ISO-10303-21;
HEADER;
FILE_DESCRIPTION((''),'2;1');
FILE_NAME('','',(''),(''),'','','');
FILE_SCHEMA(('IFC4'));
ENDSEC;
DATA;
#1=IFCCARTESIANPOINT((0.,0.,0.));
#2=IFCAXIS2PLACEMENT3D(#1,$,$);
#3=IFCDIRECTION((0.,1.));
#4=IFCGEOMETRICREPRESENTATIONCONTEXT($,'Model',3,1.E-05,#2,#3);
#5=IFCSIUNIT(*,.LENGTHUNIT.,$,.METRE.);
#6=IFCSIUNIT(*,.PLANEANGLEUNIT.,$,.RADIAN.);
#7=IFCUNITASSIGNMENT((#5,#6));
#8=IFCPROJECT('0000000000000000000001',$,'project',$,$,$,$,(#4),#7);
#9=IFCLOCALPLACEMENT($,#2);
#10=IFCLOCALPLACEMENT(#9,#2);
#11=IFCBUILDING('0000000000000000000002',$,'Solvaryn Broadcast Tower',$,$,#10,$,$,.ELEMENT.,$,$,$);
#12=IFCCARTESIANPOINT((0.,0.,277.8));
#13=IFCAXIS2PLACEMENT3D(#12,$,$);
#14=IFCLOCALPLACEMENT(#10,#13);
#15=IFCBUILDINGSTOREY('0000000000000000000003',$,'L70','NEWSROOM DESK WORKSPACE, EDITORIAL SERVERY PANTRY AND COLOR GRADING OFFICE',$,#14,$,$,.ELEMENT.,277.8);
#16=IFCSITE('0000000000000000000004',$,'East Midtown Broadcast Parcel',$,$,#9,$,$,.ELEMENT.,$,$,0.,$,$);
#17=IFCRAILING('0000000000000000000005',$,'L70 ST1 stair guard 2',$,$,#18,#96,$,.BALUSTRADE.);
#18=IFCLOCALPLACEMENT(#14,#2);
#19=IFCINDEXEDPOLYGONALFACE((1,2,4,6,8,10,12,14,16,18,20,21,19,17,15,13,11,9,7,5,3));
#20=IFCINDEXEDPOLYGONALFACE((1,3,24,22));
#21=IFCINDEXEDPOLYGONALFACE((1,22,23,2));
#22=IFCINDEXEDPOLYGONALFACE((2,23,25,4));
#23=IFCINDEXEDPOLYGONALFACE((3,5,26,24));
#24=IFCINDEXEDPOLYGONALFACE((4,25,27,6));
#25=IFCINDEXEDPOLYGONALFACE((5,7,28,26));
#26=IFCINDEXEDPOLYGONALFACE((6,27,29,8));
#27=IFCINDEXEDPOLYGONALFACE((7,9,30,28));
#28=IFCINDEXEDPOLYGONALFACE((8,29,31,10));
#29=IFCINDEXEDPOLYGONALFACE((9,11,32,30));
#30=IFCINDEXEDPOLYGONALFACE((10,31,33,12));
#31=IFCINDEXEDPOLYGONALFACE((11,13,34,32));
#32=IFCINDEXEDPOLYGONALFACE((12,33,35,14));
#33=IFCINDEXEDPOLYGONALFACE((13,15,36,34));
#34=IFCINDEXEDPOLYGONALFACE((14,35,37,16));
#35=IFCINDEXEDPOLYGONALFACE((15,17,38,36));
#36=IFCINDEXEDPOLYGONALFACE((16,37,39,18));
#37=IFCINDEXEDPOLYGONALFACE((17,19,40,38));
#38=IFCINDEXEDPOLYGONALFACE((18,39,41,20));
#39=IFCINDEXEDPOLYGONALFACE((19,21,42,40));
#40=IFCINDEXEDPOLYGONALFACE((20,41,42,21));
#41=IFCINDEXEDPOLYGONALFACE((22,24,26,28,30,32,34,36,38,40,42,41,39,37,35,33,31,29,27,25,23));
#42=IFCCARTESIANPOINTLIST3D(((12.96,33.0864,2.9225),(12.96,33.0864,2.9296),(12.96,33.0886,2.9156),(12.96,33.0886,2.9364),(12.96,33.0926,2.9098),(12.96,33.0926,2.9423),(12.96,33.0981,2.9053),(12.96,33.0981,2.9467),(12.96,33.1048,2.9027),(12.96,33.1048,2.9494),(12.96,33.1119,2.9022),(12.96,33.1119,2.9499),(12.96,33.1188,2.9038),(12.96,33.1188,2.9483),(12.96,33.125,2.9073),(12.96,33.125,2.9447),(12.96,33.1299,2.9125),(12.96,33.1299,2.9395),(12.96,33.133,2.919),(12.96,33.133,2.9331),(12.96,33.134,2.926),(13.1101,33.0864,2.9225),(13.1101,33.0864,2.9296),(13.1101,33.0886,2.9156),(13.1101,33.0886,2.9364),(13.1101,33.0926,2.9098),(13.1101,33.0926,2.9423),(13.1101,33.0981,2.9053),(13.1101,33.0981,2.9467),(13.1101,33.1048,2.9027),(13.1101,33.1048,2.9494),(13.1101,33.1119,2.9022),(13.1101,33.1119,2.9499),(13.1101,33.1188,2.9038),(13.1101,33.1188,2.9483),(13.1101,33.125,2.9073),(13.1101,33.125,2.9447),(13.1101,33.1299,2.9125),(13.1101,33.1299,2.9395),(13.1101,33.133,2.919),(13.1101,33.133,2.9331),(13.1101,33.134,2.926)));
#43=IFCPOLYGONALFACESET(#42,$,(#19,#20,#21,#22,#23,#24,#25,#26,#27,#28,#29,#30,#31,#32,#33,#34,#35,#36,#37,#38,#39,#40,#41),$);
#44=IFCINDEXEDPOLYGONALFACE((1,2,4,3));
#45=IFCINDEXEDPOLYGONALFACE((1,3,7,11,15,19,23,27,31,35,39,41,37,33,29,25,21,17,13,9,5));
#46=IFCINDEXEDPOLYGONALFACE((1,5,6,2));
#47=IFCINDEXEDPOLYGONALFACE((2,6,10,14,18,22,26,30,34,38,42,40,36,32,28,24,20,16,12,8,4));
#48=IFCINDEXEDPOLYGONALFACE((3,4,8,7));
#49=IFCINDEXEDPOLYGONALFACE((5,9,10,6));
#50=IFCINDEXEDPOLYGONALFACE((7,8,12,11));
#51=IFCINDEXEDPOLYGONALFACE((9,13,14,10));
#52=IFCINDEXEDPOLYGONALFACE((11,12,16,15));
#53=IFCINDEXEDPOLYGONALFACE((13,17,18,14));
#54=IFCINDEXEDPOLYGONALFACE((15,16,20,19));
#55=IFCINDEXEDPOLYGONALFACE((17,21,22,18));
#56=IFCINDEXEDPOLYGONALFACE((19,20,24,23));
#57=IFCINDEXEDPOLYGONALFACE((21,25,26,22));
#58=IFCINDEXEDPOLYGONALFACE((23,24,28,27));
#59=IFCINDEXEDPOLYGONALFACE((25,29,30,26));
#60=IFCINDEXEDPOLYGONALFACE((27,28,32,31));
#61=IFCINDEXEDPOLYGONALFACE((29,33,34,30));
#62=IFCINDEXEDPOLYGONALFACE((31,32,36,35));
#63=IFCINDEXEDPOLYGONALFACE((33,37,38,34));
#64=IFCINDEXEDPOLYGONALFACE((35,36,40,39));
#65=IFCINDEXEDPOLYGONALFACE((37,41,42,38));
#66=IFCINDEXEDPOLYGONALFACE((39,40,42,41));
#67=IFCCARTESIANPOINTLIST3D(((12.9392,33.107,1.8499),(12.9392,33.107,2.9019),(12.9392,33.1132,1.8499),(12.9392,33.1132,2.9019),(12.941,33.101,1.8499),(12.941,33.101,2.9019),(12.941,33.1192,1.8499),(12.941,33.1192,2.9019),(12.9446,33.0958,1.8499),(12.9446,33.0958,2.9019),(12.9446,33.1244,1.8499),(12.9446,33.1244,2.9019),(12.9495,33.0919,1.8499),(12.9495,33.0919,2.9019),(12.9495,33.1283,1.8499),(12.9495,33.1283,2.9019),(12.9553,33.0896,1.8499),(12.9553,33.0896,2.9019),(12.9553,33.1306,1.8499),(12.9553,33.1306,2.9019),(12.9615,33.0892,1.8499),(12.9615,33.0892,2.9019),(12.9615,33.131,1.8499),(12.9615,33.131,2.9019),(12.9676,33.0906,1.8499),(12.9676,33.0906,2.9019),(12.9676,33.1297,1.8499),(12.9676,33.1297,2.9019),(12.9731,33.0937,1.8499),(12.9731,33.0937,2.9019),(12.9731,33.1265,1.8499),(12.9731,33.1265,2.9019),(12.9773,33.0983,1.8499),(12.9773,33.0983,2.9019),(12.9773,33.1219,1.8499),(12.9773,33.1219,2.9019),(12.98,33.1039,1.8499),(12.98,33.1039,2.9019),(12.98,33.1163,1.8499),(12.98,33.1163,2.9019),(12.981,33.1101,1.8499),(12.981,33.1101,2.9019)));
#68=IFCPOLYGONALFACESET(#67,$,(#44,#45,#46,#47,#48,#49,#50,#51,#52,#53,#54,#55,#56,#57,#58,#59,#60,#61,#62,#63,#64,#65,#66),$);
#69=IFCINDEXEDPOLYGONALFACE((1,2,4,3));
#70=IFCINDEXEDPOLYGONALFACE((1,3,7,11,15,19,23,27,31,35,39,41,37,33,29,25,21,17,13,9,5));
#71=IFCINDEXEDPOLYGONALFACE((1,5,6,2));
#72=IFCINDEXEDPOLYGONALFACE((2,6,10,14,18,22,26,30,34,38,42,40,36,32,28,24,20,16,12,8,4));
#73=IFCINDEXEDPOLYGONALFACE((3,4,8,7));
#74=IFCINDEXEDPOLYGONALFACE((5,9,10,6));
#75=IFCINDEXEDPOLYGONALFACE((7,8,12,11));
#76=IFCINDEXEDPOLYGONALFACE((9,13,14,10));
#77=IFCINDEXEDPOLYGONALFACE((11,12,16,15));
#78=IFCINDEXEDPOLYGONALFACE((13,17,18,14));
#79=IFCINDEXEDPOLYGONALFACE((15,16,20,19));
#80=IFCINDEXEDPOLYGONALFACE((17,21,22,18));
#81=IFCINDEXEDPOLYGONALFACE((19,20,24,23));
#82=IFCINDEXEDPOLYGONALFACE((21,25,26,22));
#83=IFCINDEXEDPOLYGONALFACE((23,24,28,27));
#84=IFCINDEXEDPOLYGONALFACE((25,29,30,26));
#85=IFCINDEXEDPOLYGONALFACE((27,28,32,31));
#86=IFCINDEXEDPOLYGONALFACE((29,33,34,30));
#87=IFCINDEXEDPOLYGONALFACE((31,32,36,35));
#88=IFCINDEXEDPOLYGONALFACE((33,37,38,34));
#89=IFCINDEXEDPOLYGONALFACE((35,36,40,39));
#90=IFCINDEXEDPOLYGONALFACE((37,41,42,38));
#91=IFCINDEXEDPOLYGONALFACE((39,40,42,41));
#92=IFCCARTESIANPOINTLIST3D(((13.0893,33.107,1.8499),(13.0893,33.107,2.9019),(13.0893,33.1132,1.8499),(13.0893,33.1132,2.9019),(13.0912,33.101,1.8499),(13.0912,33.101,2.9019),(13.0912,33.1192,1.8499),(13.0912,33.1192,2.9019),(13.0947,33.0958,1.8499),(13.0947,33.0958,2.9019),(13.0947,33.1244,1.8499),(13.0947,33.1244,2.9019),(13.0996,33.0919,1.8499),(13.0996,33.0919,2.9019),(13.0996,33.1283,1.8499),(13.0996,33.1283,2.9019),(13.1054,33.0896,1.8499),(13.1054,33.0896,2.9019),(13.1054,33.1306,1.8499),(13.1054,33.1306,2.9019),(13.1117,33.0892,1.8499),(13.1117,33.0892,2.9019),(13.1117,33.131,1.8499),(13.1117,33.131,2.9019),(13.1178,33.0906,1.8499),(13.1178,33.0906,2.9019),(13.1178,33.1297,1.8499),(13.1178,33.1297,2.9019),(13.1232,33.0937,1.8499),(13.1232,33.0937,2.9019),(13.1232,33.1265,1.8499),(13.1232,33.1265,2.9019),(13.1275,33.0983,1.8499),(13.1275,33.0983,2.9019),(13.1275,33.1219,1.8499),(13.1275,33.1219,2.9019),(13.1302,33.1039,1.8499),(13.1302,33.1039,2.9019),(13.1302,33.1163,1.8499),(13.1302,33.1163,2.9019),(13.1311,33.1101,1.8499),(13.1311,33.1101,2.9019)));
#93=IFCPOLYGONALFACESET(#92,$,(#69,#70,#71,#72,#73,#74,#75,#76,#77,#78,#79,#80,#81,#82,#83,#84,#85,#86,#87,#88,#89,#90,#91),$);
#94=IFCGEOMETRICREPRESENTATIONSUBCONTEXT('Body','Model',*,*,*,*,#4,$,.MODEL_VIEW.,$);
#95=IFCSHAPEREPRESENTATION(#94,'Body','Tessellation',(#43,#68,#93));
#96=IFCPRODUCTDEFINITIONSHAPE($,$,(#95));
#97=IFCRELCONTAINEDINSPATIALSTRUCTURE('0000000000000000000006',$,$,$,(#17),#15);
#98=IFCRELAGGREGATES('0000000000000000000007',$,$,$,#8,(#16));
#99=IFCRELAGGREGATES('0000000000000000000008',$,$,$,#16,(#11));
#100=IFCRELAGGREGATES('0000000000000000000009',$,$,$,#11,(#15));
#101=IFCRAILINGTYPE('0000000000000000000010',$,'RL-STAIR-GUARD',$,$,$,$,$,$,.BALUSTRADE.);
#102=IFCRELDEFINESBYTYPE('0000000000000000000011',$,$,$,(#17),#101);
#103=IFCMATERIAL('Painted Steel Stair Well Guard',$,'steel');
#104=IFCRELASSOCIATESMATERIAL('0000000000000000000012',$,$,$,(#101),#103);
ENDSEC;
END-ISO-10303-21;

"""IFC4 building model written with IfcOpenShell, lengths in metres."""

from ifc_helpers import new_model, si_unit, direction, frame, origin, origin_2d, place, context, subcontext, project, spatial, circle, extrude, material, type_object, element, save


model = new_model("IFC4")

# Units and contexts
model_context = context("Model", 3, precision=1e-05, world=origin(), true_north=direction((0.0, 1.0)))
body_context = subcontext(model_context, "Body", "Model", "MODEL_VIEW")
ifc_project = project(units=[si_unit("LENGTHUNIT", "METRE"), si_unit("PLANEANGLEUNIT", "RADIAN")], contexts=[model_context])

# Site, building, storey
site_placement = place(None, origin())
site = spatial("IfcSite", under=ifc_project, at=site_placement, Name="East Midtown Broadcast Parcel", CompositionType="ELEMENT", RefElevation=0.0)
building_placement = place(site_placement, origin())
building = spatial("IfcBuilding", under=site, at=building_placement, Name="Solvaryn Broadcast Tower", CompositionType="ELEMENT")
storey_placement = place(building_placement, frame((0.0, 0.0, 277.8)))
storey = spatial("IfcBuildingStorey", under=building, at=storey_placement, Name="L70", Description="NEWSROOM DESK WORKSPACE, EDITORIAL SERVERY PANTRY AND COLOR GRADING OFFICE", CompositionType="ELEMENT", Elevation=277.8)

# Railing
ifc_material_1 = material(Name="Painted Steel Stair Well Guard", Category="steel")
railing_type_1 = type_object("IfcRailingType", Name="RL-STAIR-GUARD", PredefinedType="BALUSTRADE", material=ifc_material_1)
railing_1_placement = place(storey_placement, frame((12.96, 33.1101, 1.8499)))
element("IfcRailing", 1, at=railing_1_placement, inside=storey, type_object=railing_type_1, Name="L70 ST1 stair guard 2", PredefinedType="BALUSTRADE", context=body_context, shape_type="SweptSolid", body=[
    extrude(circle(Radius=0.0239, at=origin_2d()), frame((0.0, 0.0, 1.0762), z_axis=(1.0, 0.0, 0.0), x_axis=(0.0, 1.0, 0.0)), (0.0, 0.0, 1.0), 0.1501),
    extrude(circle(Radius=0.021, at=origin_2d()), origin(), (0.0, 0.0, 1.0), 1.052),
    extrude(circle(Radius=0.021, at=origin_2d()), frame((0.1501, 0.0, 0.0)), (0.0, 0.0, 1.0), 1.052),
])

save(model, "model.ifc")
